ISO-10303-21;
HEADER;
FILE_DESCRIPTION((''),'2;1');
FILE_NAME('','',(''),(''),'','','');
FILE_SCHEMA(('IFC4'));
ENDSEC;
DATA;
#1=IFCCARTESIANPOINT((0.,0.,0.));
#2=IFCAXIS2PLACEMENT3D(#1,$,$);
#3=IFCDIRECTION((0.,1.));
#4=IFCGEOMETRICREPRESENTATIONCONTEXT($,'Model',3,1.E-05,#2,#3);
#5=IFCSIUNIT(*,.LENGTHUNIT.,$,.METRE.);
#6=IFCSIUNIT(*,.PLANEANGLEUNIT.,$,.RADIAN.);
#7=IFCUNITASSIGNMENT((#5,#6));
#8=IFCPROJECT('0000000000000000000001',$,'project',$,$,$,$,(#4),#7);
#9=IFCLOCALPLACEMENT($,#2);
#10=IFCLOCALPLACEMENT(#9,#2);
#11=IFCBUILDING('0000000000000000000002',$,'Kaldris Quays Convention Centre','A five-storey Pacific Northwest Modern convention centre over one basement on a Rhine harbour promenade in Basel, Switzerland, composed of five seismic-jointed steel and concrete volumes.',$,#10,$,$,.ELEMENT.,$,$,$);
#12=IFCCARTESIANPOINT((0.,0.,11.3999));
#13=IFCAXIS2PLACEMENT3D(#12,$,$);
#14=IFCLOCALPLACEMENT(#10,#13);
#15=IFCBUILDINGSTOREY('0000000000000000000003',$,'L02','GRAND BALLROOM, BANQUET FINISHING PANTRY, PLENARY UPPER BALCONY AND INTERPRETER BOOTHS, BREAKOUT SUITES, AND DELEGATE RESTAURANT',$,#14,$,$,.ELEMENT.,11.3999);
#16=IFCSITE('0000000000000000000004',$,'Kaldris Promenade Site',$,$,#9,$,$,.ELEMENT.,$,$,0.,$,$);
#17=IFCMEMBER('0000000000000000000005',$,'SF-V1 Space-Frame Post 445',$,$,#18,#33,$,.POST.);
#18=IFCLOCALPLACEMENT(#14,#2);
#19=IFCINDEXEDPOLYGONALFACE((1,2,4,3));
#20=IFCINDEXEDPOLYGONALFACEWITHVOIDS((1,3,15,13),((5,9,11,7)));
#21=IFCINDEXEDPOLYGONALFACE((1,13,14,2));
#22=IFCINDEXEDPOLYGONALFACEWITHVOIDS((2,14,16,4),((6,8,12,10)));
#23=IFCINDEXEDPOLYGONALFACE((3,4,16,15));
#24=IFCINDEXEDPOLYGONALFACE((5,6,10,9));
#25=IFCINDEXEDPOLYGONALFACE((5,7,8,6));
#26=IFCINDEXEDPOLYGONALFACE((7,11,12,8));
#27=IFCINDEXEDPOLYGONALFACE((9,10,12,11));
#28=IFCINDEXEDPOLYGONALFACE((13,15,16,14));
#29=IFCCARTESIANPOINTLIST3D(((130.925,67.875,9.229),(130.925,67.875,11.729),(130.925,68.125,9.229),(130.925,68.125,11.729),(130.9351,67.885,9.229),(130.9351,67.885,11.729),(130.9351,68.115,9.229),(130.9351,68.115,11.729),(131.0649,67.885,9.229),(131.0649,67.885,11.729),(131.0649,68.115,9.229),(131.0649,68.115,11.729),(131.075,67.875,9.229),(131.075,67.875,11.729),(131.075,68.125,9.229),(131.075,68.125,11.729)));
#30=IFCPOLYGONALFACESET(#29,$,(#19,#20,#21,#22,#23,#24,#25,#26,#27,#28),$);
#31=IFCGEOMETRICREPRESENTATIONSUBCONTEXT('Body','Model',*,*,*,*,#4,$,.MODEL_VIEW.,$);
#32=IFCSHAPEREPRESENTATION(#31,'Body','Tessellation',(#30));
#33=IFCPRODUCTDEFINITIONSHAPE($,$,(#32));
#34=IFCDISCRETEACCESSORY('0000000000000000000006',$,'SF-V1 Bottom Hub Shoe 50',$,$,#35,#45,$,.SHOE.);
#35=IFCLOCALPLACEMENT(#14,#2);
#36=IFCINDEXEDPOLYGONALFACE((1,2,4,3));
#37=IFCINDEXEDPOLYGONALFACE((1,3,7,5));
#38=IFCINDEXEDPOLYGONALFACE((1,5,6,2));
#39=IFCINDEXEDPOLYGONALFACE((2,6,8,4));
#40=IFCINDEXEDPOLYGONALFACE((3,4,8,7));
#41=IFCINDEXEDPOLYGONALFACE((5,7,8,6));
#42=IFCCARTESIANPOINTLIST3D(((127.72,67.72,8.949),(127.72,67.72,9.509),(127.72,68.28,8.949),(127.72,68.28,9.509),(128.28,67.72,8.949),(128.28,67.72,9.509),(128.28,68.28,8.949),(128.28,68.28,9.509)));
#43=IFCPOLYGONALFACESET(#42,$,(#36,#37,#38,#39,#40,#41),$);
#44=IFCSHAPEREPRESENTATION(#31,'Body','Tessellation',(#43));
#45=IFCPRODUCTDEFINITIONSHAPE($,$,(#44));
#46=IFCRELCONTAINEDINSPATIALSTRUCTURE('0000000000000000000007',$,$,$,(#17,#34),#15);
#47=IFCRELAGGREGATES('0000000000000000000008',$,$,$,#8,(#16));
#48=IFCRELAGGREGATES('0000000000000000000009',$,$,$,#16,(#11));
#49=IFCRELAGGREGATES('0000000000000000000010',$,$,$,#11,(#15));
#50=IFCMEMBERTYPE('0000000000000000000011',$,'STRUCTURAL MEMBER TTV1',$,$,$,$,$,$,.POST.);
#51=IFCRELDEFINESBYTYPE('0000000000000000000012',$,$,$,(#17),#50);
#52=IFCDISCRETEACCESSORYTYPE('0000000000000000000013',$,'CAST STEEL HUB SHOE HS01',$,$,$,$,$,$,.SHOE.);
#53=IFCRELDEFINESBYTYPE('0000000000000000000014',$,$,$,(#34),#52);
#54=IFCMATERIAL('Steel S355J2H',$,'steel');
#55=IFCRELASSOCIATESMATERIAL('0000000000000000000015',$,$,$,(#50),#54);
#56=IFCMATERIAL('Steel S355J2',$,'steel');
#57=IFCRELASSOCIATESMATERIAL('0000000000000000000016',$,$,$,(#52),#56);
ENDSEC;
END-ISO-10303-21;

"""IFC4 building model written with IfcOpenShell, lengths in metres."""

from ifc_helpers import new_model, si_unit, direction, frame, origin, origin_2d, place, context, subcontext, project, spatial, rectangle, hollow_rectangle, extrude, material, material_profile, profile_set, type_object, element, save


model = new_model("IFC4")

# Units and contexts
model_context = context("Model", 3, precision=1e-05, world=origin(), true_north=direction((0.0, 1.0)))
body_context = subcontext(model_context, "Body", "Model", "MODEL_VIEW")
ifc_project = project(units=[si_unit("LENGTHUNIT", "METRE"), si_unit("PLANEANGLEUNIT", "RADIAN")], contexts=[model_context])

# Site, building, storey
site_placement = place(None, origin())
site = spatial("IfcSite", under=ifc_project, at=site_placement, Name="Kaldris Promenade Site", CompositionType="ELEMENT", RefElevation=0.0)
building_placement = place(site_placement, origin())
building = spatial("IfcBuilding", under=site, at=building_placement, Name="Kaldris Quays Convention Centre", Description="A five-storey Pacific Northwest Modern convention centre over one basement on a Rhine harbour promenade in Basel, Switzerland, composed of five seismic-jointed steel and concrete volumes.", CompositionType="ELEMENT")
storey_placement = place(building_placement, frame((0.0, 0.0, 11.3999)))
storey = spatial("IfcBuildingStorey", under=building, at=storey_placement, Name="L02", Description="GRAND BALLROOM, BANQUET FINISHING PANTRY, PLENARY UPPER BALCONY AND INTERPRETER BOOTHS, BREAKOUT SUITES, AND DELEGATE RESTAURANT", CompositionType="ELEMENT", Elevation=11.3999)

# Member
ifc_material_1 = material(Name="Steel S355J2H", Category="steel")
ifc_material_profile_1 = material_profile(ifc_material_1, hollow_rectangle(XDim=0.1499, YDim=0.25, WallThickness=0.01, at=origin_2d()), Name="RHS 250x150x10")
ifc_profile_set_1 = profile_set([ifc_material_profile_1], Name="Steel S355J2H")
member_type_1 = type_object("IfcMemberType", Name="STRUCTURAL MEMBER TTV1", PredefinedType="POST", material=ifc_profile_set_1)
for number, where, z_axis, x_axis, name in (
    (1, (131.0, 68.0, 9.229), (0.0, 0.0, 1.0), (1.0, 0.0, 0.0), "SF-V1 Space-Frame Post 445"),
):
    element("IfcMember", number, at=place(storey_placement, frame(where, z_axis=z_axis, x_axis=x_axis)), inside=storey, type_object=member_type_1, Name=name, PredefinedType="POST", context=body_context, shape_type="SweptSolid", body=[
        extrude(hollow_rectangle(XDim=0.1499, YDim=0.25, WallThickness=0.01, at=origin_2d()), origin(), (0.0, 0.0, 1.0), 2.5),
    ])

# Discrete accessory
ifc_material_2 = material(Name="Steel S355J2", Category="steel")
discrete_accessory_type = type_object("IfcDiscreteAccessoryType", Name="CAST STEEL HUB SHOE HS01", PredefinedType="SHOE", material=ifc_material_2)
discrete_accessory_placement = place(storey_placement, frame((128.0, 68.0, 8.949), z_axis=(0.0, 0.0, 1.0), x_axis=(1.0, 0.0, 0.0)))
element("IfcDiscreteAccessory", 2, at=discrete_accessory_placement, inside=storey, type_object=discrete_accessory_type, Name="SF-V1 Bottom Hub Shoe 50", PredefinedType="SHOE", context=body_context, shape_type="SweptSolid", body=[
    extrude(rectangle(XDim=0.5601, YDim=0.5601, at=origin_2d()), origin(), (0.0, 0.0, 1.0), 0.5601),
])

save(model, "model.ifc")
